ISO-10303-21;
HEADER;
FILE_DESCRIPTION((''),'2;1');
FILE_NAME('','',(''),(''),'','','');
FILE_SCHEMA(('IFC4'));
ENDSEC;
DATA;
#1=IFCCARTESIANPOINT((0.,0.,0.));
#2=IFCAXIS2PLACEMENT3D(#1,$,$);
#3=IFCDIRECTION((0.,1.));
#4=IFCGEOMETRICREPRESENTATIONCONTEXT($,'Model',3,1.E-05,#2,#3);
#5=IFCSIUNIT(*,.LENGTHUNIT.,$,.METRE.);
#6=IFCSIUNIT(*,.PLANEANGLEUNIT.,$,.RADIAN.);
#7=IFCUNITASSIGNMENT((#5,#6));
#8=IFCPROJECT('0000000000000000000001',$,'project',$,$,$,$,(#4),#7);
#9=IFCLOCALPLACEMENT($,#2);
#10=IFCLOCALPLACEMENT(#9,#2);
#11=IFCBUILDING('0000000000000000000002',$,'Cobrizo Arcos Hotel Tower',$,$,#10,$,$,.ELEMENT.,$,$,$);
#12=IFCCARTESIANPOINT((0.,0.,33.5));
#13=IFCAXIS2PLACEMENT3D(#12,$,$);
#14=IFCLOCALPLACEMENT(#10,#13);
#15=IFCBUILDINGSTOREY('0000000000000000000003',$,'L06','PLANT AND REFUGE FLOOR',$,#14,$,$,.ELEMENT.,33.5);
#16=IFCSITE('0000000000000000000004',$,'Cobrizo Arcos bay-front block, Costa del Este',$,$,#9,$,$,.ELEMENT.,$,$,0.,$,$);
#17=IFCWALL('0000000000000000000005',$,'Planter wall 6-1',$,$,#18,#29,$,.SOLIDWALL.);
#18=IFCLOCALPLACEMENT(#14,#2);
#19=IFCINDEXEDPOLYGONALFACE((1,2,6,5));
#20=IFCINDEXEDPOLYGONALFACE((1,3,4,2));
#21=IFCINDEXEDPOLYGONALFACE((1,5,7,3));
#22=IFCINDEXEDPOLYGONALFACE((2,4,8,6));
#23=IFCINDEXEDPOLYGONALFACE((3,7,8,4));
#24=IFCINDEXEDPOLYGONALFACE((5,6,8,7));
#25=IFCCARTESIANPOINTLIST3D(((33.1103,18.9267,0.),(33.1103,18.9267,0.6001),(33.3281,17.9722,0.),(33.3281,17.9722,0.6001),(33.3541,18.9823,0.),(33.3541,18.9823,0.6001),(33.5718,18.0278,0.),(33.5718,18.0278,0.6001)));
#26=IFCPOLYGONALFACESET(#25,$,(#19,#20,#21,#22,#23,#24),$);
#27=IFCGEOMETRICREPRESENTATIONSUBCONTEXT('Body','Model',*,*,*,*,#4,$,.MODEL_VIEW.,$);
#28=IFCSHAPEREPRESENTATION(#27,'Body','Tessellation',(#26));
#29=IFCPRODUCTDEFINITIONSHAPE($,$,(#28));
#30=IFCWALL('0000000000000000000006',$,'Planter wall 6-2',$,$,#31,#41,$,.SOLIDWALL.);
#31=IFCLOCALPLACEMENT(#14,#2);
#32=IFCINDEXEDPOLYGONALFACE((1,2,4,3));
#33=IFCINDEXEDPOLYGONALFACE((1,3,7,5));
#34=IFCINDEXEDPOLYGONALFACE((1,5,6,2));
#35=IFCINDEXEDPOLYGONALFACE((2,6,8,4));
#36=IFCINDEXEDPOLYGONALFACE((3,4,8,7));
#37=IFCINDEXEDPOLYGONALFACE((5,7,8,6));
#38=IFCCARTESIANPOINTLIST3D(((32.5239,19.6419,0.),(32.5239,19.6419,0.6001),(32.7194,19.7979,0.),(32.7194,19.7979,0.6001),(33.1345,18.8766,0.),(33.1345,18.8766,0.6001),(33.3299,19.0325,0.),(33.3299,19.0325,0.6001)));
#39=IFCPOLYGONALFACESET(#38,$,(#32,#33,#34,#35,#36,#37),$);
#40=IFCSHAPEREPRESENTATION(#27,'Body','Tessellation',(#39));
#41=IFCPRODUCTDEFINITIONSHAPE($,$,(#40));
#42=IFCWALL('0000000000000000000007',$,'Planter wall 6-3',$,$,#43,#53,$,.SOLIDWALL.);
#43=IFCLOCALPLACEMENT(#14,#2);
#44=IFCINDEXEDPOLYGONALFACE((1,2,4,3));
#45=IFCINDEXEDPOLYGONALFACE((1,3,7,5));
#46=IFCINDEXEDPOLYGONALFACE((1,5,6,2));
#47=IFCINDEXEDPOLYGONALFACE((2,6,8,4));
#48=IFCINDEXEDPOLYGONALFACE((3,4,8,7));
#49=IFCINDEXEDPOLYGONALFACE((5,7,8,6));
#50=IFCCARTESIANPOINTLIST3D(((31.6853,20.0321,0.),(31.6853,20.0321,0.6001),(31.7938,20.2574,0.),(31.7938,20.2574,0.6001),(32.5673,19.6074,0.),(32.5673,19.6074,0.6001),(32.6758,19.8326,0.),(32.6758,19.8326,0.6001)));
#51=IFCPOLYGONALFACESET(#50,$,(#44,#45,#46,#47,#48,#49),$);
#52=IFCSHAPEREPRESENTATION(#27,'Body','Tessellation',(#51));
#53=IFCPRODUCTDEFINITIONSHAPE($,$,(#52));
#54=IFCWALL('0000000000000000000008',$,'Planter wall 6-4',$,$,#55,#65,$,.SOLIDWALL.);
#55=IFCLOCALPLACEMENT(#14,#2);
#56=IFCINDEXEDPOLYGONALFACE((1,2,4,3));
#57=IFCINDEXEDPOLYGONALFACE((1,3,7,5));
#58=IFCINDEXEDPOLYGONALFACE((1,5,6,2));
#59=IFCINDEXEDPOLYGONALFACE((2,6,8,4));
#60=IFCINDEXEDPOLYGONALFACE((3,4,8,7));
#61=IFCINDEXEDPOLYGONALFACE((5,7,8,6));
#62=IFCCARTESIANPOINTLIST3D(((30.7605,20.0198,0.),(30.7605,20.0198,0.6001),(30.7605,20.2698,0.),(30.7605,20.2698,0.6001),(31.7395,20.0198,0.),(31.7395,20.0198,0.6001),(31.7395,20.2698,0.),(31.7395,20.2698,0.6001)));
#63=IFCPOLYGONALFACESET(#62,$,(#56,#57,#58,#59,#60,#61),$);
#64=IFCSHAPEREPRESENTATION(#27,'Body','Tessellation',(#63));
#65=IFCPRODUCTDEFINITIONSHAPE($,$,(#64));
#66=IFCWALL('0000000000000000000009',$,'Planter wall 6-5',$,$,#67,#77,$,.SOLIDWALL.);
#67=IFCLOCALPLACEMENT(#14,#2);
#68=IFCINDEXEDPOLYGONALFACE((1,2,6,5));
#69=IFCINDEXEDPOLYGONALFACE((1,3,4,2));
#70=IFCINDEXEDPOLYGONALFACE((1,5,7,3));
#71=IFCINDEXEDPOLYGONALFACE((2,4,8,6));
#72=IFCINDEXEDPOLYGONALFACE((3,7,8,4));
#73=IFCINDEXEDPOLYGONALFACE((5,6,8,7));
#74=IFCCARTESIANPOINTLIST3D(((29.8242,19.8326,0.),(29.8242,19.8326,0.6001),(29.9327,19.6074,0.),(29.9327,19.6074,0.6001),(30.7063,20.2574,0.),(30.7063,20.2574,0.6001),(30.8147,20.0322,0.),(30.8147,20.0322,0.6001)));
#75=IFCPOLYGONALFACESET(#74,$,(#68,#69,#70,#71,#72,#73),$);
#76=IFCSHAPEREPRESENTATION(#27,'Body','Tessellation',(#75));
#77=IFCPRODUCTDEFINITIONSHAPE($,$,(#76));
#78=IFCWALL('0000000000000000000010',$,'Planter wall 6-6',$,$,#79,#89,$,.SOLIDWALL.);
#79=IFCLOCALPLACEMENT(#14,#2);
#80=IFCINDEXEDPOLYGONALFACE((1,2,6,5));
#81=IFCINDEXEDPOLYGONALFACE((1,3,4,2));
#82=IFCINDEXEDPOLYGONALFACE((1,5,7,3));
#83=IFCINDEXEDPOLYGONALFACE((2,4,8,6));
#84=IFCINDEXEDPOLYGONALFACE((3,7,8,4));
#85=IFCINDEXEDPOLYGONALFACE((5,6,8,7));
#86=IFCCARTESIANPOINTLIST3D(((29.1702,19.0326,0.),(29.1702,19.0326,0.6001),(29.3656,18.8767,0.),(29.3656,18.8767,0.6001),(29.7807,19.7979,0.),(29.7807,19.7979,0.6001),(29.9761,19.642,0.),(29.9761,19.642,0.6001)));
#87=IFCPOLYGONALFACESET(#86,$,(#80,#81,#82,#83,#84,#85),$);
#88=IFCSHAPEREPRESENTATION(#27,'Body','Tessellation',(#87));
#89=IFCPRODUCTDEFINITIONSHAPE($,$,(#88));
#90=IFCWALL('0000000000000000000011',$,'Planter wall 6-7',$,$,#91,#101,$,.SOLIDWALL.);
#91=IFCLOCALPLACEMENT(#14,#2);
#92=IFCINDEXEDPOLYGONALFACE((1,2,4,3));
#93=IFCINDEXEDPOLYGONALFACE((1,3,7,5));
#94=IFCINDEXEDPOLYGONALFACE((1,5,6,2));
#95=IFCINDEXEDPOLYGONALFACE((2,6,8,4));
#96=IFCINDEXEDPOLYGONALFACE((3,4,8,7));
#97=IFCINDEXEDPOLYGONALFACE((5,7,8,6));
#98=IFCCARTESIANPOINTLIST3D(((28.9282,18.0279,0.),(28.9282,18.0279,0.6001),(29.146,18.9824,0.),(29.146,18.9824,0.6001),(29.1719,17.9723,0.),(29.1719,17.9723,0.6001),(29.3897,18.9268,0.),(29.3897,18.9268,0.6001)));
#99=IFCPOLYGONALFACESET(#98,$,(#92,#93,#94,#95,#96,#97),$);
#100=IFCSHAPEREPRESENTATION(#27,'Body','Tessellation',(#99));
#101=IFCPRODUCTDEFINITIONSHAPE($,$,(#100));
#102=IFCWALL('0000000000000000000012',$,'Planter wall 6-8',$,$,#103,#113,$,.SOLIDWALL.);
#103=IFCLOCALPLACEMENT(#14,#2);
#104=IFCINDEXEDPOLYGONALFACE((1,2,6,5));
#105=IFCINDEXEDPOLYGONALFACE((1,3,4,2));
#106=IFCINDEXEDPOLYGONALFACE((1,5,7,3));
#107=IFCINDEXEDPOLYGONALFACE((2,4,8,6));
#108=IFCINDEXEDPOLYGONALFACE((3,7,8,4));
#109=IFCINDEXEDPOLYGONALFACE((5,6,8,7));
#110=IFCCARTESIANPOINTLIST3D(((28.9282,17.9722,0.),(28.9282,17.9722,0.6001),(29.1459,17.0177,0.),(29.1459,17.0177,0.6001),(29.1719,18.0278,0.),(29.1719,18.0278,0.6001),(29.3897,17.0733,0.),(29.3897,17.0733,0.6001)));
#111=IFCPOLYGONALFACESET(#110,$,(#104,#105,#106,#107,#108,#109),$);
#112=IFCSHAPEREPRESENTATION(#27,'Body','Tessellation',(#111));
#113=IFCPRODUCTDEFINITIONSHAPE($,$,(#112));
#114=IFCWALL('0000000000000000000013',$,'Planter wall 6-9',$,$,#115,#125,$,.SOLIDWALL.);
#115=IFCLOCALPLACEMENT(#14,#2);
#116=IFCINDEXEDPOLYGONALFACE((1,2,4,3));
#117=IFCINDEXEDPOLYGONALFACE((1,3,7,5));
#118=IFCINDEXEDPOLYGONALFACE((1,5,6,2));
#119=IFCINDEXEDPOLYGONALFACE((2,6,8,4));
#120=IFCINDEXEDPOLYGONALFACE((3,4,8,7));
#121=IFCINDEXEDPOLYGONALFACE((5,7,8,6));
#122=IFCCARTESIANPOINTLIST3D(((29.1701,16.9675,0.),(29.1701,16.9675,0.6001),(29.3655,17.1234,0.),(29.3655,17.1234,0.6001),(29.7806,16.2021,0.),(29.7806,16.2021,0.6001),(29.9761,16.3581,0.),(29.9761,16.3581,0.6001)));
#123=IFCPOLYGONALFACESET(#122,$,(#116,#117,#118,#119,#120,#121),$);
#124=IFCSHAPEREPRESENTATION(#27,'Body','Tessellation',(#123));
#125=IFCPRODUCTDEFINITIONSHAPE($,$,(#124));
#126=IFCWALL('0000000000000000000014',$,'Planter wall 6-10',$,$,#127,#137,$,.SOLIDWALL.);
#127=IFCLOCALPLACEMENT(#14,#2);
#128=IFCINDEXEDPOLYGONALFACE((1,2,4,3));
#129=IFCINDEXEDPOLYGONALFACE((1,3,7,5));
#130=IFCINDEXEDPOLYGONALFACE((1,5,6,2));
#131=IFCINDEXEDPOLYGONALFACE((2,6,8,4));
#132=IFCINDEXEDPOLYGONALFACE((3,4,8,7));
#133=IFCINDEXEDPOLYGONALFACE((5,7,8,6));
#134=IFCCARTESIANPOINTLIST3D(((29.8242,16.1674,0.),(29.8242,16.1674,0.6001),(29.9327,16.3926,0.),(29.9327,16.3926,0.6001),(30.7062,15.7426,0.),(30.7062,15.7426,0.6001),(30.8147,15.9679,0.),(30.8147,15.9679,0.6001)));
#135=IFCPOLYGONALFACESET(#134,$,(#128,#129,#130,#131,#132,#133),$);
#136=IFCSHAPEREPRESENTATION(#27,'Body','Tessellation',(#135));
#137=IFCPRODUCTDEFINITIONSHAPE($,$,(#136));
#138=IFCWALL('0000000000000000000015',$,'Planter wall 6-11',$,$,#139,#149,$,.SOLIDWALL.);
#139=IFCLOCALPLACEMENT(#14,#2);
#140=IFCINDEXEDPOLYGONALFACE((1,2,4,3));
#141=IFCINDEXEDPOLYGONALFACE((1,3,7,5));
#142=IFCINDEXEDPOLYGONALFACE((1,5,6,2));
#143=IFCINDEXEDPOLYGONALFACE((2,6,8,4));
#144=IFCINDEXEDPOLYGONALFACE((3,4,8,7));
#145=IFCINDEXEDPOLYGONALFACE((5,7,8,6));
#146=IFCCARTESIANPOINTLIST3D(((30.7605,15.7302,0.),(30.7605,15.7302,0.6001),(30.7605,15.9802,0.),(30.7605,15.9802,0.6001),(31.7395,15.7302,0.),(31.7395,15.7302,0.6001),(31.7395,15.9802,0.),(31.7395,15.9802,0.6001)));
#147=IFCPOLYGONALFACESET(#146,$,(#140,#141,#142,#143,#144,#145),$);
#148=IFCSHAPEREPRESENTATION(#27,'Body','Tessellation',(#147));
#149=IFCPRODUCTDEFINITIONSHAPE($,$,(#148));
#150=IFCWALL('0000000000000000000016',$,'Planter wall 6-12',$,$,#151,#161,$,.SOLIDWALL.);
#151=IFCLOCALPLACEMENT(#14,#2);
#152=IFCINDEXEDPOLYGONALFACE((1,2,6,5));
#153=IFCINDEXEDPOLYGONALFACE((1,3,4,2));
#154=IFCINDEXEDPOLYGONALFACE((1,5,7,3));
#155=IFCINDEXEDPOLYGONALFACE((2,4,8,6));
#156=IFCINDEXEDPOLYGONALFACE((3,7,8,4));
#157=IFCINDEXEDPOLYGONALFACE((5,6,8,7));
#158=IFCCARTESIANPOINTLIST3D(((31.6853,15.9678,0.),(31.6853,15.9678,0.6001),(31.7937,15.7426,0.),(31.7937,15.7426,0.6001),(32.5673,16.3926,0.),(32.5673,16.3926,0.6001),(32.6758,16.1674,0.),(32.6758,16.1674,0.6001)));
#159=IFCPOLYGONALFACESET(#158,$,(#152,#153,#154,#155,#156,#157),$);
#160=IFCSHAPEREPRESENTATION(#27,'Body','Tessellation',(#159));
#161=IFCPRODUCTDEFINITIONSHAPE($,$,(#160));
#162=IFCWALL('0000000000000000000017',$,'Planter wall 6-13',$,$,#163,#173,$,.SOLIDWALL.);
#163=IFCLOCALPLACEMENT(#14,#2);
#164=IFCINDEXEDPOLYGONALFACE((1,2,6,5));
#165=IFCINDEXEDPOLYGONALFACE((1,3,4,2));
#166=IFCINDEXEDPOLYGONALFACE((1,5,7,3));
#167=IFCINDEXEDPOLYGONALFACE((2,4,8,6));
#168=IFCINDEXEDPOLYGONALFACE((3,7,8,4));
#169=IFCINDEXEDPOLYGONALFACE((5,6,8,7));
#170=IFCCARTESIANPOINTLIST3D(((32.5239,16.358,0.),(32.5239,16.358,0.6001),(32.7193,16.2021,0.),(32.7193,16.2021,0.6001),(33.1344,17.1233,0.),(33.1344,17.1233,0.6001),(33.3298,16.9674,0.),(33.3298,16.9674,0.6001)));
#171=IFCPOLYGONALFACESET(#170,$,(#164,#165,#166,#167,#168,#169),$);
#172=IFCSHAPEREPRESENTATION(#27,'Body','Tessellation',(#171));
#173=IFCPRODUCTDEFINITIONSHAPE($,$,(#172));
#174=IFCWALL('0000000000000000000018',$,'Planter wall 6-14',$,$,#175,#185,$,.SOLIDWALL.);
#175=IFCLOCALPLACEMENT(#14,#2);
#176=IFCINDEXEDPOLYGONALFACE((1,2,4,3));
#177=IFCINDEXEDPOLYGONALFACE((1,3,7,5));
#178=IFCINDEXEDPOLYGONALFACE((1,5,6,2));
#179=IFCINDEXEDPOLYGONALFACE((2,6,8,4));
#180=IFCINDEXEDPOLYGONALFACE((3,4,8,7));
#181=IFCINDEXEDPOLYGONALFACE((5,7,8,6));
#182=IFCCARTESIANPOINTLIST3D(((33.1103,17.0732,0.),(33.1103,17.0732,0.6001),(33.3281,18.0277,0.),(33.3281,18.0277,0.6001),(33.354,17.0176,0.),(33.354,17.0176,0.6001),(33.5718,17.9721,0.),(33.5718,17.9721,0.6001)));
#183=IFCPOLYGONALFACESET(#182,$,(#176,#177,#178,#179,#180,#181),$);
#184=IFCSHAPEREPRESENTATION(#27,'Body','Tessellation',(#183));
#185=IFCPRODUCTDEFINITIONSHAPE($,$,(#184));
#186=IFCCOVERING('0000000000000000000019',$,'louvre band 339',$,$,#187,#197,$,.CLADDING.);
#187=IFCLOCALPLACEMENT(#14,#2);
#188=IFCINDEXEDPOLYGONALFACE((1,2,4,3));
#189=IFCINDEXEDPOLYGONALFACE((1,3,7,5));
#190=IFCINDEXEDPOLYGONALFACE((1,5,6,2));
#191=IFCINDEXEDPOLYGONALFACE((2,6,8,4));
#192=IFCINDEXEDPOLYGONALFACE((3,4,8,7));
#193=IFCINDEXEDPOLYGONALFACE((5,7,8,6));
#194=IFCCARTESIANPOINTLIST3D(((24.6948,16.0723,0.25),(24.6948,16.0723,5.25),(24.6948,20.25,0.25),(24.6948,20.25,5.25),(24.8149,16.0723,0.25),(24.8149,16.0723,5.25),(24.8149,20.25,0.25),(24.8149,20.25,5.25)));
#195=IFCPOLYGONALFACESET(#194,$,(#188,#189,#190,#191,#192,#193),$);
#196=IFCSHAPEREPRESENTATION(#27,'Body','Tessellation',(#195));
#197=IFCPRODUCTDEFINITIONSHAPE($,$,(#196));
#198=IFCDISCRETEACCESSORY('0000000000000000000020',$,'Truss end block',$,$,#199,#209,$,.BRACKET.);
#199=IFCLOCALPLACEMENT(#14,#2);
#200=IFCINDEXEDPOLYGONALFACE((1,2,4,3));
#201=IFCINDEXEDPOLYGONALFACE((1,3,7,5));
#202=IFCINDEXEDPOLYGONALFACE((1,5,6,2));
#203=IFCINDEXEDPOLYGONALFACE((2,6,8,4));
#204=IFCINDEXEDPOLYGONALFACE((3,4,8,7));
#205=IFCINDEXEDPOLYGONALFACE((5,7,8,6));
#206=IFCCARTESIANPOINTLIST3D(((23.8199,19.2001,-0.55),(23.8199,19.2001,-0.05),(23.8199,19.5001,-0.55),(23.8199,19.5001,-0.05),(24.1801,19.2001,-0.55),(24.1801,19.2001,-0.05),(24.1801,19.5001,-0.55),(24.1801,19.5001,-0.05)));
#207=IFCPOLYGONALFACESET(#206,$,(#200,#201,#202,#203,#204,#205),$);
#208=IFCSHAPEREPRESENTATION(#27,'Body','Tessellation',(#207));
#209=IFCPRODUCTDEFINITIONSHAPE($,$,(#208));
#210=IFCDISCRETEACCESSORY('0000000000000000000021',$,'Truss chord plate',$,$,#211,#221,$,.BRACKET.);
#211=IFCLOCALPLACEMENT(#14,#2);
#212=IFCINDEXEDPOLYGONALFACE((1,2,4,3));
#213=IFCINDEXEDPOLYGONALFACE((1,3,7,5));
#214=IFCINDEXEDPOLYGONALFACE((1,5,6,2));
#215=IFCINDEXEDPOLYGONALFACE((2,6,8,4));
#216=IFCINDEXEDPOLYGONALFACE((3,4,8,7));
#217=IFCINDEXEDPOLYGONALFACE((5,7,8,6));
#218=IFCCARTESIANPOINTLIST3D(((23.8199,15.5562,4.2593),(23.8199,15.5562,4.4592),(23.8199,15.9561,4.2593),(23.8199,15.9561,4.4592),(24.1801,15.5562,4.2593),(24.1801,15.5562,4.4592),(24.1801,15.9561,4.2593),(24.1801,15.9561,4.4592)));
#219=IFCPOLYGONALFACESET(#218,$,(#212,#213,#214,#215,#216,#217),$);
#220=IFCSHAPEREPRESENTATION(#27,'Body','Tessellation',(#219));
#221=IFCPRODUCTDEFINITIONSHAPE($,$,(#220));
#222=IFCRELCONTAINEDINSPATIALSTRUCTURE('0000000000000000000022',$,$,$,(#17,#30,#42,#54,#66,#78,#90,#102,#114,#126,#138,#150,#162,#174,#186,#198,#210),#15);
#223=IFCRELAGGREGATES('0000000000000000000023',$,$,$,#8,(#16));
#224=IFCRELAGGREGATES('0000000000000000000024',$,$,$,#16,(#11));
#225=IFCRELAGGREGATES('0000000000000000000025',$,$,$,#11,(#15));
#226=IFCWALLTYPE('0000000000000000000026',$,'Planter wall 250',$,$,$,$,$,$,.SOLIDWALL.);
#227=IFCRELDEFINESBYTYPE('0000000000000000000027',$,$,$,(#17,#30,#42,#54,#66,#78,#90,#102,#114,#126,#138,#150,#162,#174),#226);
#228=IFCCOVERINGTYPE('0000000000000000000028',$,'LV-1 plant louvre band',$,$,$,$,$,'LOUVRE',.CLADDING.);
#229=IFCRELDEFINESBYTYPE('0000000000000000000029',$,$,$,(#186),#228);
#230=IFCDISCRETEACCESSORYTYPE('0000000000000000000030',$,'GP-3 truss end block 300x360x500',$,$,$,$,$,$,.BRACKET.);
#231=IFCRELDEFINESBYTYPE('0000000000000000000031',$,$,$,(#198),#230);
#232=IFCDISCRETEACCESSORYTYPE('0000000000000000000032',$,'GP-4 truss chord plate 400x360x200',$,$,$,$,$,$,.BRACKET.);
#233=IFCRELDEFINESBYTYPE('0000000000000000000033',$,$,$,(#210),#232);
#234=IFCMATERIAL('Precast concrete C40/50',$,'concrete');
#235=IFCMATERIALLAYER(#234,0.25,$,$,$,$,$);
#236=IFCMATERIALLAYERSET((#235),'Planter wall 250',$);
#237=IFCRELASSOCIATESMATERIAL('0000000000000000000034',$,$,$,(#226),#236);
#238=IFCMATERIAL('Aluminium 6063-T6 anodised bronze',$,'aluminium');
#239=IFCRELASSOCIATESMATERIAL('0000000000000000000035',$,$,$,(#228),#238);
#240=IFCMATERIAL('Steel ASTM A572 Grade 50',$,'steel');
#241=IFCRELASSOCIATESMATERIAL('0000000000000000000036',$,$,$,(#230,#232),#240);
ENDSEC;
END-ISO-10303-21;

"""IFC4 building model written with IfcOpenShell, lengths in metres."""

from ifc_helpers import new_model, si_unit, direction, frame, frame_2d, origin, origin_2d, place, context, subcontext, project, spatial, rectangle, extrude, material, layer, layer_set, type_object, element, save


model = new_model("IFC4")

# Units and contexts
model_context = context("Model", 3, precision=1e-05, world=origin(), true_north=direction((0.0, 1.0)))
body_context = subcontext(model_context, "Body", "Model", "MODEL_VIEW")
ifc_project = project(units=[si_unit("LENGTHUNIT", "METRE"), si_unit("PLANEANGLEUNIT", "RADIAN")], contexts=[model_context])

# Site, building, storey
site_placement = place(None, origin())
site = spatial("IfcSite", under=ifc_project, at=site_placement, Name="Cobrizo Arcos bay-front block, Costa del Este", CompositionType="ELEMENT", RefElevation=0.0)
building_placement = place(site_placement, origin())
building = spatial("IfcBuilding", under=site, at=building_placement, Name="Cobrizo Arcos Hotel Tower", CompositionType="ELEMENT")
storey_placement = place(building_placement, frame((0.0, 0.0, 33.5)))
storey = spatial("IfcBuildingStorey", under=building, at=storey_placement, Name="L06", Description="PLANT AND REFUGE FLOOR", CompositionType="ELEMENT", Elevation=33.5)

# Shared definitions
ifc_material_1 = material(Name="Steel ASTM A572 Grade 50", Category="steel")

# Shared definitions
ifc_material_2 = material(Name="Aluminium 6063-T6 anodised bronze", Category="aluminium")

# Walls
ifc_material_3 = material(Name="Precast concrete C40/50", Category="concrete")
ifc_layer_1 = layer(ifc_material_3, 0.25)
ifc_layer_set_1 = layer_set([ifc_layer_1], Name="Planter wall 250")
wall_type_1 = type_object("IfcWallType", Name="Planter wall 250", PredefinedType="SOLIDWALL", material=ifc_layer_set_1)
for number, where, z_axis, x_axis, name in (
    (1, (33.45, 18.0, 0.0), (0.0, 0.0, 1.0), (-0.222419, 0.974951, 0.0), "Planter wall 6-1"),
    (2, (33.2322, 18.9546, 0.0), (0.0, 0.0, 1.0), (-0.62363, 0.78172, 0.0), "Planter wall 6-2"),
    (3, (32.6216, 19.72, 0.0), (0.0, 0.0, 1.0), (-0.900962, 0.433898, 0.0), "Planter wall 6-3"),
    (4, (31.7395, 20.1448, 0.0), (0.0, 0.0, 1.0), (-1.0, 0.0, 0.0), "Planter wall 6-4"),
    (5, (30.7605, 20.1448, 0.0), (0.0, 0.0, 1.0), (-0.900962, -0.433898, 0.0), "Planter wall 6-5"),
    (6, (29.8784, 19.72, 0.0), (0.0, 0.0, 1.0), (-0.62363, -0.78172, 0.0), "Planter wall 6-6"),
    (7, (29.2678, 18.9546, 0.0), (0.0, 0.0, 1.0), (-0.222419, -0.974951, 0.0), "Planter wall 6-7"),
    (8, (29.05, 18.0, 0.0), (0.0, 0.0, 1.0), (0.222419, -0.974951, 0.0), "Planter wall 6-8"),
    (9, (29.2678, 17.0454, 0.0), (0.0, 0.0, 1.0), (0.62363, -0.78172, 0.0), "Planter wall 6-9"),
    (10, (29.8784, 16.28, 0.0), (0.0, 0.0, 1.0), (0.900962, -0.433898, 0.0), "Planter wall 6-10"),
    (11, (30.7605, 15.8552, 0.0), (0.0, 0.0, 1.0), (1.0, 0.0, 0.0), "Planter wall 6-11"),
    (12, (31.7395, 15.8552, 0.0), (0.0, 0.0, 1.0), (0.900962, 0.433898, 0.0), "Planter wall 6-12"),
    (13, (32.6216, 16.28, 0.0), (0.0, 0.0, 1.0), (0.62363, 0.78172, 0.0), "Planter wall 6-13"),
    (14, (33.2322, 17.0454, 0.0), (0.0, 0.0, 1.0), (0.222419, 0.974951, 0.0), "Planter wall 6-14"),
):
    element("IfcWall", number, at=place(storey_placement, frame(where, z_axis=z_axis, x_axis=x_axis)), inside=storey, type_object=wall_type_1, Name=name, PredefinedType="SOLIDWALL", context=body_context, shape_type="SweptSolid", body=[
        extrude(rectangle(XDim=0.979, YDim=0.25, at=frame_2d((0.4895, 0.0))), origin(), (0.0, 0.0, 1.0), 0.6001),
    ])

# Covering
covering_type = type_object("IfcCoveringType", Name="LV-1 plant louvre band", ElementType="LOUVRE", PredefinedType="CLADDING", material=ifc_material_2)
covering_placement = place(storey_placement, frame((24.7549, 18.1611, 0.25), z_axis=(0.0, 0.0, 1.0), x_axis=(0.0, 1.0, 0.0)))
element("IfcCovering", 15, at=covering_placement, inside=storey, type_object=covering_type, Name="louvre band 339", PredefinedType="CLADDING", context=body_context, shape_type="SweptSolid", body=[
    extrude(rectangle(XDim=4.1777, YDim=0.1201, at=origin_2d()), origin(), (0.0, 0.0, 1.0), 5.0),
])

# Discrete accessories
discrete_accessory_type_1 = type_object("IfcDiscreteAccessoryType", Name="GP-3 truss end block 300x360x500", PredefinedType="BRACKET", material=ifc_material_1)
discrete_accessory_1_placement = place(storey_placement, frame((24.0, 19.3501, -0.55), z_axis=(0.0, 0.0, 1.0), x_axis=(0.0, -1.0, 0.0)))
element("IfcDiscreteAccessory", 16, at=discrete_accessory_1_placement, inside=storey, type_object=discrete_accessory_type_1, Name="Truss end block", PredefinedType="BRACKET", context=body_context, shape_type="SweptSolid", body=[
    extrude(rectangle(XDim=0.3, YDim=0.3601, at=origin_2d()), origin(), (0.0, 0.0, 1.0), 0.5),
])
discrete_accessory_type_2 = type_object("IfcDiscreteAccessoryType", Name="GP-4 truss chord plate 400x360x200", PredefinedType="BRACKET", material=ifc_material_1)
discrete_accessory_2_placement = place(storey_placement, frame((24.0, 15.7561, 4.2593), z_axis=(0.0, 0.0, 1.0), x_axis=(0.0, 1.0, 0.0)))
element("IfcDiscreteAccessory", 17, at=discrete_accessory_2_placement, inside=storey, type_object=discrete_accessory_type_2, Name="Truss chord plate", PredefinedType="BRACKET", context=body_context, shape_type="SweptSolid", body=[
    extrude(rectangle(XDim=0.3999, YDim=0.3601, at=origin_2d()), origin(), (0.0, 0.0, 1.0), 0.2),
])

save(model, "model.ifc")
